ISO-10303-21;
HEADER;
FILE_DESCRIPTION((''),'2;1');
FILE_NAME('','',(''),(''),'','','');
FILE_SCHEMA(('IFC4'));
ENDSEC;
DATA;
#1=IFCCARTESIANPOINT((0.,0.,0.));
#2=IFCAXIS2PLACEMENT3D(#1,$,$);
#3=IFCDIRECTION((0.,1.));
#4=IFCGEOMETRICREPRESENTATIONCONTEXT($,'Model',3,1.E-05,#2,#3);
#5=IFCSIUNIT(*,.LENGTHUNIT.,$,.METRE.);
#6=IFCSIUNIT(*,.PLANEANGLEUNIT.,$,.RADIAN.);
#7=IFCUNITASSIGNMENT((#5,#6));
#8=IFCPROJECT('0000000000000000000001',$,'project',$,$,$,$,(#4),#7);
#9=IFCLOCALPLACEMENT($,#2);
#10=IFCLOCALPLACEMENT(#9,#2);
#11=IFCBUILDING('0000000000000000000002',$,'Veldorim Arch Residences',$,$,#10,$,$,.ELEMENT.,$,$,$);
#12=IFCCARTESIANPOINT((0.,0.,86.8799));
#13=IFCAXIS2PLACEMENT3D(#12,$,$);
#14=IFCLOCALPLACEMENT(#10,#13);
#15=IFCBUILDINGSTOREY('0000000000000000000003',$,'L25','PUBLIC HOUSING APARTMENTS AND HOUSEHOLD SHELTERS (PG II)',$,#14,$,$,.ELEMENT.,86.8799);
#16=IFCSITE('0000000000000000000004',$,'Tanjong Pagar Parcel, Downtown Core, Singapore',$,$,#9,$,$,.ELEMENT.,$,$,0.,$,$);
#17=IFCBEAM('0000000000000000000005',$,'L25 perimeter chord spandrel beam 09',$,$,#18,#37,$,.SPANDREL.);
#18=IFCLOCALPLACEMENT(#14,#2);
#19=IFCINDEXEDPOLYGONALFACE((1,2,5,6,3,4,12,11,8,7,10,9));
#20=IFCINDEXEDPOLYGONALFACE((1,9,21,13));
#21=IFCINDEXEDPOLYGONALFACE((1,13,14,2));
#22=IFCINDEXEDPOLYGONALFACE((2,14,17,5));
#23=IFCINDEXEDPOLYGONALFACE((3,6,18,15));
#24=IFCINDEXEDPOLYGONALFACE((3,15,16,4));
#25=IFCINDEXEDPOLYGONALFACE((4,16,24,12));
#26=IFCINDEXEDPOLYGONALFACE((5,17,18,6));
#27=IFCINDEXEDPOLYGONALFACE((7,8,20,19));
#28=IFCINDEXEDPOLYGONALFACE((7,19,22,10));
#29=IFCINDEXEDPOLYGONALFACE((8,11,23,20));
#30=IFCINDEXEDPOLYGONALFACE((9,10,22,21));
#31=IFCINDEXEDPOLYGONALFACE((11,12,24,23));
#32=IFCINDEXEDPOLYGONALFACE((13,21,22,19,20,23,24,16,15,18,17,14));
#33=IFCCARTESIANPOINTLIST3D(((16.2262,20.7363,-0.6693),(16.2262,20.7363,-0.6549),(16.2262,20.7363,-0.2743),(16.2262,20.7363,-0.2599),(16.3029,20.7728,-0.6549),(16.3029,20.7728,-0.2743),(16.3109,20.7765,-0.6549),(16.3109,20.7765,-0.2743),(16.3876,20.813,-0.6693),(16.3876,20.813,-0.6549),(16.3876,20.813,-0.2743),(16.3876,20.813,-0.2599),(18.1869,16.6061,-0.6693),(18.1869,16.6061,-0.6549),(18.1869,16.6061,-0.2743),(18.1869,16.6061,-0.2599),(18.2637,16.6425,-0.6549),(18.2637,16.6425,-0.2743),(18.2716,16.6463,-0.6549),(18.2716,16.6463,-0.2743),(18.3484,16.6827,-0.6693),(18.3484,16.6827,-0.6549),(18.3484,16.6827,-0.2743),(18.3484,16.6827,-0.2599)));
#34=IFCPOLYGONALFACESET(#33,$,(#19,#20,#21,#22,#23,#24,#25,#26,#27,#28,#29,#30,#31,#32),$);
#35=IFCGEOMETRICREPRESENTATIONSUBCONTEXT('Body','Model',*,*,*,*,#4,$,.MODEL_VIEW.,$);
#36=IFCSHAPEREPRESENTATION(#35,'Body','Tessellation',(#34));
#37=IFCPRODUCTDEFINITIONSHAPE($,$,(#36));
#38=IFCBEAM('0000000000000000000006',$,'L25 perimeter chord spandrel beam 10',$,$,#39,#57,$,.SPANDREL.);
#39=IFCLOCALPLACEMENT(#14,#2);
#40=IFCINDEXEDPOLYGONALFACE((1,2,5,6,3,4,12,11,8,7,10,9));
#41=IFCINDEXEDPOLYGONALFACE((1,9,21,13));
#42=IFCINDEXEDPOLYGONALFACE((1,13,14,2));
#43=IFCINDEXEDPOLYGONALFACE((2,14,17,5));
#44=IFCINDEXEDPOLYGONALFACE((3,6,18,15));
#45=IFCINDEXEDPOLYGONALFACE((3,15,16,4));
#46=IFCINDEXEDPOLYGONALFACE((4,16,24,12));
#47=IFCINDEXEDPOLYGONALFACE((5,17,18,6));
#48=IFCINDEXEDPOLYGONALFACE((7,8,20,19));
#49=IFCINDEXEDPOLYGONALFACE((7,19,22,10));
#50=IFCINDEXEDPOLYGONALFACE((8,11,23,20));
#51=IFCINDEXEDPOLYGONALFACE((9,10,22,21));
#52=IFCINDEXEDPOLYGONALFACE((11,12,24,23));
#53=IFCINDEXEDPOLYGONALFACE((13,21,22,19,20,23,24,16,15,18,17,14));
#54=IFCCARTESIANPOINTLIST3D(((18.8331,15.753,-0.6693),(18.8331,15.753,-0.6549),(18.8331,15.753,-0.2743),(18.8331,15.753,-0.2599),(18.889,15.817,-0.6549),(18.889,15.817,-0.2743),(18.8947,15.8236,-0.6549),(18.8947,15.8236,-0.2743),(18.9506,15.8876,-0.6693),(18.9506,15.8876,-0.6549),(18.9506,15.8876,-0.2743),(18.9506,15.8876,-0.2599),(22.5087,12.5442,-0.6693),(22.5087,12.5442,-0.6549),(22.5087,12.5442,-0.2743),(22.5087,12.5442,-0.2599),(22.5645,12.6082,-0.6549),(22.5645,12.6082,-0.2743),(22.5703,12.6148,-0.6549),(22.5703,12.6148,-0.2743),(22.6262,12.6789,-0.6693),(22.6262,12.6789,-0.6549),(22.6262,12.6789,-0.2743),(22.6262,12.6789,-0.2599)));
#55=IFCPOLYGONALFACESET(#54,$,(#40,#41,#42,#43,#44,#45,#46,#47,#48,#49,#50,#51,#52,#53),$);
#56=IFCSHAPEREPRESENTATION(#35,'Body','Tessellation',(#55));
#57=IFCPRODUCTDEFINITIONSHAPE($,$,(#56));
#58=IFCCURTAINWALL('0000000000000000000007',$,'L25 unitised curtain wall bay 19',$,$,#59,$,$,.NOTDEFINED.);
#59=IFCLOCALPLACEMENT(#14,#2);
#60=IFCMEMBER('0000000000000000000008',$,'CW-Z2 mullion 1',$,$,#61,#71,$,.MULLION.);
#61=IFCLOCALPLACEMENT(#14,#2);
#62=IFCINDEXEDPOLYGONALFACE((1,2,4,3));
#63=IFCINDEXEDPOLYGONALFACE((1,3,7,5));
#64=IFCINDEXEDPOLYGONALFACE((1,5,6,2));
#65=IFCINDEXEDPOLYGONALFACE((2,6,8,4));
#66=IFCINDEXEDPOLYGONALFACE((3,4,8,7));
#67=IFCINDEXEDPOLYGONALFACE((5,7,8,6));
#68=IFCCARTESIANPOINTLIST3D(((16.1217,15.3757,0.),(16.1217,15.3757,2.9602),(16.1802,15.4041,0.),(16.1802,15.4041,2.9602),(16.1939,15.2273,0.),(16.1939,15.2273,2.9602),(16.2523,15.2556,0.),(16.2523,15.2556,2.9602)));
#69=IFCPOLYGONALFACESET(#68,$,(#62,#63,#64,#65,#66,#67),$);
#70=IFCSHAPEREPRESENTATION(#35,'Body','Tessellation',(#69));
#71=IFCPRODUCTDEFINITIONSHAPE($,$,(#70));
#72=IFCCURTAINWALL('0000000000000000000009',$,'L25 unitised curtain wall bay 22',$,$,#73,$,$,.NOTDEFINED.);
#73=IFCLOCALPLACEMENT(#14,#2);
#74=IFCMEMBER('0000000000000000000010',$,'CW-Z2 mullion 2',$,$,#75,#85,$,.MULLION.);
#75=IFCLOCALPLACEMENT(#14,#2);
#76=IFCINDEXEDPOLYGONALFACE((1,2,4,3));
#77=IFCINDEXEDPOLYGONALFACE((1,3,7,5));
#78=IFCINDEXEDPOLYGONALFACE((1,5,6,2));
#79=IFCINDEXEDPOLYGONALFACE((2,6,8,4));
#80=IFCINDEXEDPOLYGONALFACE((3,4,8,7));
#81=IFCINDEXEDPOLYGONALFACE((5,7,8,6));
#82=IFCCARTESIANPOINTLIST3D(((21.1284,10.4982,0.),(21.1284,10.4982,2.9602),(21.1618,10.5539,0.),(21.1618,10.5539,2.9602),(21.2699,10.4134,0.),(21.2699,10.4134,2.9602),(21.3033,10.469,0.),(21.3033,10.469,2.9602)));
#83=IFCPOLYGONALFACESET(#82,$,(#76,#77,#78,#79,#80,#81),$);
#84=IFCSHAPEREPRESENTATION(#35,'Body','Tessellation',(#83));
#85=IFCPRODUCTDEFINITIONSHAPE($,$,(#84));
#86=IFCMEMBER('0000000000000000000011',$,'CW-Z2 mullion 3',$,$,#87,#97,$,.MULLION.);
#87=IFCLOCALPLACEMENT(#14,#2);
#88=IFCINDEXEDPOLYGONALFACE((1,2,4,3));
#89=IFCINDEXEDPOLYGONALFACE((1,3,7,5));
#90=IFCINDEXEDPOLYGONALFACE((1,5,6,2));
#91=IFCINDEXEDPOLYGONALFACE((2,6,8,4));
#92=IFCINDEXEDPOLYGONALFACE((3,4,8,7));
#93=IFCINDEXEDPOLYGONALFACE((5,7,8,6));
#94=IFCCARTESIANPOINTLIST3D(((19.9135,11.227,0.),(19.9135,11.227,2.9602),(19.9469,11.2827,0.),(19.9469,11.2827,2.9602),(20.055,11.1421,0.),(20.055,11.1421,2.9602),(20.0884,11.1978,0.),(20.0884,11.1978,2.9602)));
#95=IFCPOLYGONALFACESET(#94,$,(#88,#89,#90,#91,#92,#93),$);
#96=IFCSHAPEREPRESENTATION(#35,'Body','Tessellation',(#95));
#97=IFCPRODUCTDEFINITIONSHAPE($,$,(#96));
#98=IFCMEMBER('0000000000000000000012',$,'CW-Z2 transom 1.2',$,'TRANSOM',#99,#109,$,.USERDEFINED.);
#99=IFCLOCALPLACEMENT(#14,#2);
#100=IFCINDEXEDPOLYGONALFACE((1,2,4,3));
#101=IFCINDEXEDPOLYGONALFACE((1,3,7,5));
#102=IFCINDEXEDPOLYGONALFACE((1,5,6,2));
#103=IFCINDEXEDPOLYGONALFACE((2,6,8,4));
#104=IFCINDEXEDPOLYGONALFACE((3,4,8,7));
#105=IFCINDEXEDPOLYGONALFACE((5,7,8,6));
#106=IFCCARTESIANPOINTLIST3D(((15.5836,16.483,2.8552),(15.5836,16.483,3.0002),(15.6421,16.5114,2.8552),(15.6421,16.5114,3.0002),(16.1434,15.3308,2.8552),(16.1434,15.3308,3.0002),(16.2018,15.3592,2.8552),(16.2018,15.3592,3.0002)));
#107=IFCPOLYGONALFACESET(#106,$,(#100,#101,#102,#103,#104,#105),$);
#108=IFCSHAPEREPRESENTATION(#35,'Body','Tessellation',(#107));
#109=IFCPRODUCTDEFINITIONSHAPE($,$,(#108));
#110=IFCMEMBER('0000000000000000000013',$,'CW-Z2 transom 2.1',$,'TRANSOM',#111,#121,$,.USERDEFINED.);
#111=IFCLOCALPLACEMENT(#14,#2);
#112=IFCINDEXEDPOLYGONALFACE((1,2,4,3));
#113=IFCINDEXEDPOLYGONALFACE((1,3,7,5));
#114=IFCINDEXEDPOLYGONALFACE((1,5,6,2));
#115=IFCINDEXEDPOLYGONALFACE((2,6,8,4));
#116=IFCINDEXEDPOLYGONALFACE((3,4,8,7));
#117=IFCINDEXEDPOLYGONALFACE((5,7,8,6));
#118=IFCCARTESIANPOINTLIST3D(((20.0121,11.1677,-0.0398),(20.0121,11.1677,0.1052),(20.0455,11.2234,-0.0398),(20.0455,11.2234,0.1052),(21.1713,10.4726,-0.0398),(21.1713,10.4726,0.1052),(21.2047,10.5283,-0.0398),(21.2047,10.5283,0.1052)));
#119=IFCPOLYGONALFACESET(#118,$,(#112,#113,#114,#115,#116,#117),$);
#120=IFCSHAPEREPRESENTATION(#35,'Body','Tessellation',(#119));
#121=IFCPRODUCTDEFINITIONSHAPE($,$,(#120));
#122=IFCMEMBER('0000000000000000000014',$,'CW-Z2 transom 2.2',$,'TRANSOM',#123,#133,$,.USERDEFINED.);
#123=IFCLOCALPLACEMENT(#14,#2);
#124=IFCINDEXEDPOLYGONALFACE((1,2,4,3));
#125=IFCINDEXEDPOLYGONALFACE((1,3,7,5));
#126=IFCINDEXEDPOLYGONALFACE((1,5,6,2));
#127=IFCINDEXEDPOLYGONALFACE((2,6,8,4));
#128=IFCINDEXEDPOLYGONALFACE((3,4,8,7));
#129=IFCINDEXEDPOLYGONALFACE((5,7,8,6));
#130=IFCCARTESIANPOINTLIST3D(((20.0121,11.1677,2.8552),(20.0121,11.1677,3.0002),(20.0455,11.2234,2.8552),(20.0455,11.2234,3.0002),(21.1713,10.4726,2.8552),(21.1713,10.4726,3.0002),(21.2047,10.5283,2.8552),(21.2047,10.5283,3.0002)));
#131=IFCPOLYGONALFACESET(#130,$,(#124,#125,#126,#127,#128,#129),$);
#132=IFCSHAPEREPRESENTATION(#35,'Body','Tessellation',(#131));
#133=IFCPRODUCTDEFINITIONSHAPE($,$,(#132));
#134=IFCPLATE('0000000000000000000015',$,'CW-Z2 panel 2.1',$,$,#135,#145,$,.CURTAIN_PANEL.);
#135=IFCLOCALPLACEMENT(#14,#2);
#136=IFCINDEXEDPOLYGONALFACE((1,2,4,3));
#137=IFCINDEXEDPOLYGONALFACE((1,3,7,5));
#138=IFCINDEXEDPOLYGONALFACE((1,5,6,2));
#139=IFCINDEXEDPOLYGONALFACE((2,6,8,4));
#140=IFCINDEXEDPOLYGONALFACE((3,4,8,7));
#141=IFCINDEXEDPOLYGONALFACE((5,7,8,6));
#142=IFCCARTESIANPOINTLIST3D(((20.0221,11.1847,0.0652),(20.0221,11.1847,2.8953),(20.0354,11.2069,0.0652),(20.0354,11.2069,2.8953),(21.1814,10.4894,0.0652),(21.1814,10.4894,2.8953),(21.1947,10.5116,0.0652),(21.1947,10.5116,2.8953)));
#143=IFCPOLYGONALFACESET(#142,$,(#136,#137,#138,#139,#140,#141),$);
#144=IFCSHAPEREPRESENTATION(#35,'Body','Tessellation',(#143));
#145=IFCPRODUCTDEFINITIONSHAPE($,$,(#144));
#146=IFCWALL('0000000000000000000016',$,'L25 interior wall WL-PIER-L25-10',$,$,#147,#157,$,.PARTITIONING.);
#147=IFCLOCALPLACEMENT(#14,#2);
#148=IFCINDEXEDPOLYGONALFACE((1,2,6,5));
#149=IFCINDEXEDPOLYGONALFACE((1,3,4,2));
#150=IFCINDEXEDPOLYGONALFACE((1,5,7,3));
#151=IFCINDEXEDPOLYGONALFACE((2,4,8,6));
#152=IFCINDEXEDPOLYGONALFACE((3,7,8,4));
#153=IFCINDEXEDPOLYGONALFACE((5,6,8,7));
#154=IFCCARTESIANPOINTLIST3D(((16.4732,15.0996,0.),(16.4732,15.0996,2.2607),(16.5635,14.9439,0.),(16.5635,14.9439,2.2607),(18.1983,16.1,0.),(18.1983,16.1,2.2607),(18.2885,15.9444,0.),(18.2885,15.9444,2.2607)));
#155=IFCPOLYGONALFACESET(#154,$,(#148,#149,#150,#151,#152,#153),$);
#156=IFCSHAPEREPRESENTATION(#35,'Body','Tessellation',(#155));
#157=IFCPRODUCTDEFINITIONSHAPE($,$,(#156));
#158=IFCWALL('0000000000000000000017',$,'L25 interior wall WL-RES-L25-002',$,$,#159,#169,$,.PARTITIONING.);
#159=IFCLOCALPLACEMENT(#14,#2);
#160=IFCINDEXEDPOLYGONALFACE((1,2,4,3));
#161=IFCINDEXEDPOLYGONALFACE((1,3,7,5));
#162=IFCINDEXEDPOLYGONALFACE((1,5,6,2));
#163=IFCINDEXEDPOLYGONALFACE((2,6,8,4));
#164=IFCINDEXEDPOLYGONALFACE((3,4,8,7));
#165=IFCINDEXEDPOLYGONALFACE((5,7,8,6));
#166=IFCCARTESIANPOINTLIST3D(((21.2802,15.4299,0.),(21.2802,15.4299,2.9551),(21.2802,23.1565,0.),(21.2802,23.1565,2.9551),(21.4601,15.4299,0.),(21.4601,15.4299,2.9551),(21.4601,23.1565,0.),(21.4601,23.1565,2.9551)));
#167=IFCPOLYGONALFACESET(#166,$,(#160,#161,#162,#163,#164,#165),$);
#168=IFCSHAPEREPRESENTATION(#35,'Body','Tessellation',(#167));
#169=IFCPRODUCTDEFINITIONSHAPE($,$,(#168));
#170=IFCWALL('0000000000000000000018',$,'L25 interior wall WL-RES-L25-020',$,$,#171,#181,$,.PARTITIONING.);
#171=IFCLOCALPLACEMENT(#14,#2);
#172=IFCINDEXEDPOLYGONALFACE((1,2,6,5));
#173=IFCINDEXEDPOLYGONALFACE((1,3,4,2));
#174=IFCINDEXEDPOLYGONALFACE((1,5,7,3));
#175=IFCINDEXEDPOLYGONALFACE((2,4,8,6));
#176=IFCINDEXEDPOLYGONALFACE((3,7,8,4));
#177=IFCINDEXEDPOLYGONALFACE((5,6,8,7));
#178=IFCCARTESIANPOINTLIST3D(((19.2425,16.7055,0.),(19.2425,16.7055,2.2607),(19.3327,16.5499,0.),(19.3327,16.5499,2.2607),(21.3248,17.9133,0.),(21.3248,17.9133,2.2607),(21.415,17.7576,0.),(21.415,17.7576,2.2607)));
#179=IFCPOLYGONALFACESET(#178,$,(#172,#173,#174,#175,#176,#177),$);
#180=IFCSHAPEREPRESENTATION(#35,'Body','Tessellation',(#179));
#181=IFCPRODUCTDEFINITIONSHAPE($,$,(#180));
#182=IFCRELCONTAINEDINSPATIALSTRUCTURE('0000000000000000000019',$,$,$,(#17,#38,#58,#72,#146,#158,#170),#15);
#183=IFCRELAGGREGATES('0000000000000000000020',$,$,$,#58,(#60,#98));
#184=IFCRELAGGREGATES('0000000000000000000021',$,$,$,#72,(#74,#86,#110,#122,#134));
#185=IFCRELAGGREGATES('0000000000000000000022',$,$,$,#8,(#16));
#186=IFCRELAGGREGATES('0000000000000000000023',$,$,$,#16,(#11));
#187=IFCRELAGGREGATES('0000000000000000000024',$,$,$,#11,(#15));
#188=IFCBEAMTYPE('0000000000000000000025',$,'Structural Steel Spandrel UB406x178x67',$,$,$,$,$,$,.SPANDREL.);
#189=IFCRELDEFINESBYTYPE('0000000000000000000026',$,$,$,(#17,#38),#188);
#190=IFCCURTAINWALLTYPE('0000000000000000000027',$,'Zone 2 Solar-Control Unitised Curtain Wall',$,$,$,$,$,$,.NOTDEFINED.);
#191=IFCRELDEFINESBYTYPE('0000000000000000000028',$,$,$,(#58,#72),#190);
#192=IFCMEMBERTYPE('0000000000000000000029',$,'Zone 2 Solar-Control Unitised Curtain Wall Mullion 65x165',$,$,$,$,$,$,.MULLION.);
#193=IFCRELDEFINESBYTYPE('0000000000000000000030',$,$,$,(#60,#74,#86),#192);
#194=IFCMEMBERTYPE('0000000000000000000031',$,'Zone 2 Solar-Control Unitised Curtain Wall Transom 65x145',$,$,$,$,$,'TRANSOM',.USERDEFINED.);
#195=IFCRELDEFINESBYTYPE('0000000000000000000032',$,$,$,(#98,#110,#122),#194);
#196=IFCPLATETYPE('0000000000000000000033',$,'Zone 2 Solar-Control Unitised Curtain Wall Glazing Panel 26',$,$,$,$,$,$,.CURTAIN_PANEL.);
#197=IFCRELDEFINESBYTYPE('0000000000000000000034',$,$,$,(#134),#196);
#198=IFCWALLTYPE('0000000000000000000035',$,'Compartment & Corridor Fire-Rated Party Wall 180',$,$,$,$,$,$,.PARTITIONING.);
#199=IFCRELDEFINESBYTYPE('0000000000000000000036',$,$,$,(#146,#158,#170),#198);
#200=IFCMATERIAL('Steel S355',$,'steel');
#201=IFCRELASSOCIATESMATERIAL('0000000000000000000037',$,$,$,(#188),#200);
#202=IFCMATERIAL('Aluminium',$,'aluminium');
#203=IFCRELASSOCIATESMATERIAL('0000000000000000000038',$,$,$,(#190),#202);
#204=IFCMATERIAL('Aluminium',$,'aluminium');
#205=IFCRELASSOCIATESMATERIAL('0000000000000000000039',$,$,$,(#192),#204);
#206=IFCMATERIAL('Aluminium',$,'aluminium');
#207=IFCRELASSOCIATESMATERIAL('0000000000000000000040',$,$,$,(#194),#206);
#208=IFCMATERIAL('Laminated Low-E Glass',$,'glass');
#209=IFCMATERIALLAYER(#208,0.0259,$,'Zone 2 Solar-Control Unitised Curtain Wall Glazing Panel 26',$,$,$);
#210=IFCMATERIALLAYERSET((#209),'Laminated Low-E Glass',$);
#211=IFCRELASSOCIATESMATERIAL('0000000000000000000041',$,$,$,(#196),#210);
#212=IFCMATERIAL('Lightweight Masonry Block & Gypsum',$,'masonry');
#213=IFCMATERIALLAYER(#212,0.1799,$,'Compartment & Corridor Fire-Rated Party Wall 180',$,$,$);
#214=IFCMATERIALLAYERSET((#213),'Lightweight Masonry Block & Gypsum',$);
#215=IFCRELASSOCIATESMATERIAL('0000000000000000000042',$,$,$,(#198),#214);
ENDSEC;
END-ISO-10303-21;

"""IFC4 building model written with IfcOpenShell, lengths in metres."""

from ifc_helpers import new_model, si_unit, direction, frame, frame_2d, origin, origin_2d, place, context, subcontext, project, spatial, rectangle, i_section, extrude, material, layer, layer_set, material_profile, profile_set, type_object, element, aggregate, save


model = new_model("IFC4")

# Units and contexts
model_context = context("Model", 3, precision=1e-05, world=origin(), true_north=direction((0.0, 1.0)))
body_context = subcontext(model_context, "Body", "Model", "MODEL_VIEW")
ifc_project = project(units=[si_unit("LENGTHUNIT", "METRE"), si_unit("PLANEANGLEUNIT", "RADIAN")], contexts=[model_context])

# Site, building, storey
site_placement = place(None, origin())
site = spatial("IfcSite", under=ifc_project, at=site_placement, Name="Tanjong Pagar Parcel, Downtown Core, Singapore", CompositionType="ELEMENT", RefElevation=0.0)
building_placement = place(site_placement, origin())
building = spatial("IfcBuilding", under=site, at=building_placement, Name="Veldorim Arch Residences", CompositionType="ELEMENT")
storey_placement = place(building_placement, frame((0.0, 0.0, 86.8799)))
storey = spatial("IfcBuildingStorey", under=building, at=storey_placement, Name="L25", Description="PUBLIC HOUSING APARTMENTS AND HOUSEHOLD SHELTERS (PG II)", CompositionType="ELEMENT", Elevation=86.8799)

# Beams
ifc_material_1 = material(Name="Steel S355", Category="steel")
ifc_material_profile_1 = material_profile(ifc_material_1, i_section(OverallWidth=0.1787, OverallDepth=0.4094, WebThickness=0.0088, FlangeThickness=0.0144, at=origin_2d()), Name="UB406x178x67")
ifc_profile_set_1 = profile_set([ifc_material_profile_1], Name="Steel S355")
beam_type_1 = type_object("IfcBeamType", Name="Structural Steel Spandrel UB406x178x67", PredefinedType="SPANDREL", material=ifc_profile_set_1)
beam_1_placement = place(storey_placement, frame((16.3069, 20.7747, -0.4646), z_axis=(0.428857, -0.903372, 0.0), x_axis=(0.903372, 0.428857, 0.0)))
element("IfcBeam", 1, at=beam_1_placement, inside=storey, type_object=beam_type_1, Name="L25 perimeter chord spandrel beam 09", PredefinedType="SPANDREL", context=body_context, shape_type="SweptSolid", body=[
    extrude(i_section(OverallWidth=0.1787, OverallDepth=0.4094, WebThickness=0.0088, FlangeThickness=0.0144, at=origin_2d()), origin(), (0.0, 0.0, 1.0), 4.572),
])
beam_2_placement = place(storey_placement, frame((18.8918, 15.8203, -0.4646), z_axis=(0.753323, -0.65765, 0.0), x_axis=(0.65765, 0.753323, 0.0)))
element("IfcBeam", 2, at=beam_2_placement, inside=storey, type_object=beam_type_1, Name="L25 perimeter chord spandrel beam 10", PredefinedType="SPANDREL", context=body_context, shape_type="SweptSolid", body=[
    extrude(i_section(OverallWidth=0.1787, OverallDepth=0.4094, WebThickness=0.0088, FlangeThickness=0.0144, at=origin_2d()), origin(), (0.0, 0.0, 1.0), 4.8792),
])

# Curtain wall, member
ifc_material_2 = material(Name="Aluminium", Category="aluminium")
curtain_wall_type = type_object("IfcCurtainWallType", Name="Zone 2 Solar-Control Unitised Curtain Wall", PredefinedType="NOTDEFINED", material=ifc_material_2)
curtain_wall_1_placement = place(storey_placement, origin())
curtain_wall_1 = element("IfcCurtainWall", 3, at=curtain_wall_1_placement, inside=storey, type_object=curtain_wall_type, Name="L25 unitised curtain wall bay 19", PredefinedType="NOTDEFINED")
ifc_material_3 = material(Name="Aluminium", Category="aluminium")
ifc_material_profile_2 = material_profile(ifc_material_3, rectangle(XDim=0.0649, YDim=0.165, at=origin_2d()), Name="ALU_MUL_65x165")
ifc_profile_set_2 = profile_set([ifc_material_profile_2], Name="Aluminium")
member_type_1 = type_object("IfcMemberType", Name="Zone 2 Solar-Control Unitised Curtain Wall Mullion 65x165", PredefinedType="MULLION", material=ifc_profile_set_2)
member_1_placement = place(storey_placement, frame((16.187, 15.3157, 0.0), z_axis=(0.0, 0.0, 1.0), x_axis=(-0.899439, -0.437046, 0.0)))
member_1 = element("IfcMember", 4, at=member_1_placement, type_object=member_type_1, Name="CW-Z2 mullion 1", PredefinedType="MULLION", context=body_context, shape_type="SweptSolid", body=[
    extrude(rectangle(XDim=0.0649, YDim=0.165, at=origin_2d()), origin(), (0.0, 0.0, 1.0), 2.9602),
])

# Curtain wall, members
curtain_wall_2_placement = place(storey_placement, origin())
curtain_wall_2 = element("IfcCurtainWall", 5, at=curtain_wall_2_placement, inside=storey, type_object=curtain_wall_type, Name="L25 unitised curtain wall bay 22", PredefinedType="NOTDEFINED")
member_2_placement = place(storey_placement, frame((21.2158, 10.4836, 0.0), z_axis=(0.0, 0.0, 1.0), x_axis=(-0.514313, -0.857602, 0.0)))
member_2 = element("IfcMember", 6, at=member_2_placement, type_object=member_type_1, Name="CW-Z2 mullion 2", PredefinedType="MULLION", context=body_context, shape_type="SweptSolid", body=[
    extrude(rectangle(XDim=0.0649, YDim=0.165, at=origin_2d()), origin(), (0.0, 0.0, 1.0), 2.9602),
])
member_3_placement = place(storey_placement, frame((20.001, 11.2124, 0.0), z_axis=(0.0, 0.0, 1.0), x_axis=(-0.514313, -0.857602, 0.0)))
member_3 = element("IfcMember", 7, at=member_3_placement, type_object=member_type_1, Name="CW-Z2 mullion 3", PredefinedType="MULLION", context=body_context, shape_type="SweptSolid", body=[
    extrude(rectangle(XDim=0.0649, YDim=0.165, at=origin_2d()), origin(), (0.0, 0.0, 1.0), 2.9602),
])

# Members
ifc_material_4 = material(Name="Aluminium", Category="aluminium")
ifc_material_profile_3 = material_profile(ifc_material_4, rectangle(XDim=0.0649, YDim=0.145, at=origin_2d()), Name="ALU_TRN_65x145")
ifc_profile_set_3 = profile_set([ifc_material_profile_3], Name="Aluminium")
member_type_2 = type_object("IfcMemberType", Name="Zone 2 Solar-Control Unitised Curtain Wall Transom 65x145", ElementType="TRANSOM", PredefinedType="USERDEFINED", material=ifc_profile_set_3)
member_4_placement = place(storey_placement, frame((16.1726, 15.345, 2.9277), z_axis=(-0.43697, 0.899476, 0.0), x_axis=(-0.899476, -0.43697, 0.0)))
member_4 = element("IfcMember", 8, at=member_4_placement, type_object=member_type_2, Name="CW-Z2 transom 1.2", ObjectType="TRANSOM", PredefinedType="USERDEFINED", context=body_context, shape_type="SweptSolid", body=[
    extrude(rectangle(XDim=0.0649, YDim=0.145, at=origin_2d()), origin(), (0.0, 0.0, 1.0), 1.281),
])
aggregate(curtain_wall_1, [member_1, member_4])
member_5_placement = place(storey_placement, frame((21.188, 10.5005, 0.0327), z_axis=(-0.857636, 0.514257, 0.0), x_axis=(-0.514257, -0.857636, 0.0)))
member_5 = element("IfcMember", 9, at=member_5_placement, type_object=member_type_2, Name="CW-Z2 transom 2.1", ObjectType="TRANSOM", PredefinedType="USERDEFINED", context=body_context, shape_type="SweptSolid", body=[
    extrude(rectangle(XDim=0.0649, YDim=0.145, at=origin_2d()), origin(), (0.0, 0.0, 1.0), 1.3516),
])
member_6_placement = place(storey_placement, frame((21.188, 10.5005, 2.9277), z_axis=(-0.857636, 0.514257, 0.0), x_axis=(-0.514257, -0.857636, 0.0)))
member_6 = element("IfcMember", 10, at=member_6_placement, type_object=member_type_2, Name="CW-Z2 transom 2.2", ObjectType="TRANSOM", PredefinedType="USERDEFINED", context=body_context, shape_type="SweptSolid", body=[
    extrude(rectangle(XDim=0.0649, YDim=0.145, at=origin_2d()), origin(), (0.0, 0.0, 1.0), 1.3516),
])

# Plate
ifc_material_5 = material(Name="Laminated Low-E Glass", Category="glass")
ifc_layer_1 = layer(ifc_material_5, 0.0259, Name="Zone 2 Solar-Control Unitised Curtain Wall Glazing Panel 26")
ifc_layer_set_1 = layer_set([ifc_layer_1], Name="Laminated Low-E Glass")
plate_type = type_object("IfcPlateType", Name="Zone 2 Solar-Control Unitised Curtain Wall Glazing Panel 26", PredefinedType="CURTAIN_PANEL", material=ifc_layer_set_1)
plate_placement = place(storey_placement, frame((20.6084, 10.8481, 0.0652), z_axis=(0.0, 0.0, 1.0), x_axis=(-0.857602, 0.514313, 0.0)))
plate = element("IfcPlate", 11, at=plate_placement, type_object=plate_type, Name="CW-Z2 panel 2.1", PredefinedType="CURTAIN_PANEL", context=body_context, shape_type="SweptSolid", body=[
    extrude(rectangle(XDim=1.3518, YDim=0.0259, at=origin_2d()), origin(), (0.0, 0.0, 1.0), 2.8301),
])
aggregate(curtain_wall_2, [member_2, member_3, member_5, member_6, plate])

# Walls
ifc_material_6 = material(Name="Lightweight Masonry Block & Gypsum", Category="masonry")
ifc_layer_2 = layer(ifc_material_6, 0.1799, Name="Compartment & Corridor Fire-Rated Party Wall 180")
ifc_layer_set_2 = layer_set([ifc_layer_2], Name="Lightweight Masonry Block & Gypsum")
wall_type_1 = type_object("IfcWallType", Name="Compartment & Corridor Fire-Rated Party Wall 180", PredefinedType="PARTITIONING", material=ifc_layer_set_2)
wall_1_placement = place(storey_placement, frame((18.2434, 16.0222, 0.0), z_axis=(0.0, 0.0, 1.0), x_axis=(-0.865046, -0.501692, 0.0)))
element("IfcWall", 12, at=wall_1_placement, inside=storey, type_object=wall_type_1, Name="L25 interior wall WL-PIER-L25-10", PredefinedType="PARTITIONING", context=body_context, shape_type="SweptSolid", body=[
    extrude(rectangle(XDim=1.9941, YDim=0.1799, at=frame_2d((0.9971, 0.0))), origin(), (0.0, 0.0, 1.0), 2.2607),
])
wall_2_placement = place(storey_placement, frame((21.3701, 15.4299, 0.0), z_axis=(0.0, 0.0, 1.0), x_axis=(0.0, 1.0, 0.0)))
element("IfcWall", 13, at=wall_2_placement, inside=storey, type_object=wall_type_1, Name="L25 interior wall WL-RES-L25-002", PredefinedType="PARTITIONING", context=body_context, shape_type="SweptSolid", body=[
    extrude(rectangle(XDim=7.7266, YDim=0.1799, at=frame_2d((3.8633, 0.0))), origin(), (0.0, 0.0, 1.0), 2.9551),
])
wall_3_placement = place(storey_placement, frame((19.2876, 16.6277, 0.0), z_axis=(0.0, 0.0, 1.0), x_axis=(0.865023, 0.501732, 0.0)))
element("IfcWall", 14, at=wall_3_placement, inside=storey, type_object=wall_type_1, Name="L25 interior wall WL-RES-L25-020", PredefinedType="PARTITIONING", context=body_context, shape_type="SweptSolid", body=[
    extrude(rectangle(XDim=2.4072, YDim=0.1799, at=frame_2d((1.2036, 0.0))), origin(), (0.0, 0.0, 1.0), 2.2607),
])

save(model, "model.ifc")
